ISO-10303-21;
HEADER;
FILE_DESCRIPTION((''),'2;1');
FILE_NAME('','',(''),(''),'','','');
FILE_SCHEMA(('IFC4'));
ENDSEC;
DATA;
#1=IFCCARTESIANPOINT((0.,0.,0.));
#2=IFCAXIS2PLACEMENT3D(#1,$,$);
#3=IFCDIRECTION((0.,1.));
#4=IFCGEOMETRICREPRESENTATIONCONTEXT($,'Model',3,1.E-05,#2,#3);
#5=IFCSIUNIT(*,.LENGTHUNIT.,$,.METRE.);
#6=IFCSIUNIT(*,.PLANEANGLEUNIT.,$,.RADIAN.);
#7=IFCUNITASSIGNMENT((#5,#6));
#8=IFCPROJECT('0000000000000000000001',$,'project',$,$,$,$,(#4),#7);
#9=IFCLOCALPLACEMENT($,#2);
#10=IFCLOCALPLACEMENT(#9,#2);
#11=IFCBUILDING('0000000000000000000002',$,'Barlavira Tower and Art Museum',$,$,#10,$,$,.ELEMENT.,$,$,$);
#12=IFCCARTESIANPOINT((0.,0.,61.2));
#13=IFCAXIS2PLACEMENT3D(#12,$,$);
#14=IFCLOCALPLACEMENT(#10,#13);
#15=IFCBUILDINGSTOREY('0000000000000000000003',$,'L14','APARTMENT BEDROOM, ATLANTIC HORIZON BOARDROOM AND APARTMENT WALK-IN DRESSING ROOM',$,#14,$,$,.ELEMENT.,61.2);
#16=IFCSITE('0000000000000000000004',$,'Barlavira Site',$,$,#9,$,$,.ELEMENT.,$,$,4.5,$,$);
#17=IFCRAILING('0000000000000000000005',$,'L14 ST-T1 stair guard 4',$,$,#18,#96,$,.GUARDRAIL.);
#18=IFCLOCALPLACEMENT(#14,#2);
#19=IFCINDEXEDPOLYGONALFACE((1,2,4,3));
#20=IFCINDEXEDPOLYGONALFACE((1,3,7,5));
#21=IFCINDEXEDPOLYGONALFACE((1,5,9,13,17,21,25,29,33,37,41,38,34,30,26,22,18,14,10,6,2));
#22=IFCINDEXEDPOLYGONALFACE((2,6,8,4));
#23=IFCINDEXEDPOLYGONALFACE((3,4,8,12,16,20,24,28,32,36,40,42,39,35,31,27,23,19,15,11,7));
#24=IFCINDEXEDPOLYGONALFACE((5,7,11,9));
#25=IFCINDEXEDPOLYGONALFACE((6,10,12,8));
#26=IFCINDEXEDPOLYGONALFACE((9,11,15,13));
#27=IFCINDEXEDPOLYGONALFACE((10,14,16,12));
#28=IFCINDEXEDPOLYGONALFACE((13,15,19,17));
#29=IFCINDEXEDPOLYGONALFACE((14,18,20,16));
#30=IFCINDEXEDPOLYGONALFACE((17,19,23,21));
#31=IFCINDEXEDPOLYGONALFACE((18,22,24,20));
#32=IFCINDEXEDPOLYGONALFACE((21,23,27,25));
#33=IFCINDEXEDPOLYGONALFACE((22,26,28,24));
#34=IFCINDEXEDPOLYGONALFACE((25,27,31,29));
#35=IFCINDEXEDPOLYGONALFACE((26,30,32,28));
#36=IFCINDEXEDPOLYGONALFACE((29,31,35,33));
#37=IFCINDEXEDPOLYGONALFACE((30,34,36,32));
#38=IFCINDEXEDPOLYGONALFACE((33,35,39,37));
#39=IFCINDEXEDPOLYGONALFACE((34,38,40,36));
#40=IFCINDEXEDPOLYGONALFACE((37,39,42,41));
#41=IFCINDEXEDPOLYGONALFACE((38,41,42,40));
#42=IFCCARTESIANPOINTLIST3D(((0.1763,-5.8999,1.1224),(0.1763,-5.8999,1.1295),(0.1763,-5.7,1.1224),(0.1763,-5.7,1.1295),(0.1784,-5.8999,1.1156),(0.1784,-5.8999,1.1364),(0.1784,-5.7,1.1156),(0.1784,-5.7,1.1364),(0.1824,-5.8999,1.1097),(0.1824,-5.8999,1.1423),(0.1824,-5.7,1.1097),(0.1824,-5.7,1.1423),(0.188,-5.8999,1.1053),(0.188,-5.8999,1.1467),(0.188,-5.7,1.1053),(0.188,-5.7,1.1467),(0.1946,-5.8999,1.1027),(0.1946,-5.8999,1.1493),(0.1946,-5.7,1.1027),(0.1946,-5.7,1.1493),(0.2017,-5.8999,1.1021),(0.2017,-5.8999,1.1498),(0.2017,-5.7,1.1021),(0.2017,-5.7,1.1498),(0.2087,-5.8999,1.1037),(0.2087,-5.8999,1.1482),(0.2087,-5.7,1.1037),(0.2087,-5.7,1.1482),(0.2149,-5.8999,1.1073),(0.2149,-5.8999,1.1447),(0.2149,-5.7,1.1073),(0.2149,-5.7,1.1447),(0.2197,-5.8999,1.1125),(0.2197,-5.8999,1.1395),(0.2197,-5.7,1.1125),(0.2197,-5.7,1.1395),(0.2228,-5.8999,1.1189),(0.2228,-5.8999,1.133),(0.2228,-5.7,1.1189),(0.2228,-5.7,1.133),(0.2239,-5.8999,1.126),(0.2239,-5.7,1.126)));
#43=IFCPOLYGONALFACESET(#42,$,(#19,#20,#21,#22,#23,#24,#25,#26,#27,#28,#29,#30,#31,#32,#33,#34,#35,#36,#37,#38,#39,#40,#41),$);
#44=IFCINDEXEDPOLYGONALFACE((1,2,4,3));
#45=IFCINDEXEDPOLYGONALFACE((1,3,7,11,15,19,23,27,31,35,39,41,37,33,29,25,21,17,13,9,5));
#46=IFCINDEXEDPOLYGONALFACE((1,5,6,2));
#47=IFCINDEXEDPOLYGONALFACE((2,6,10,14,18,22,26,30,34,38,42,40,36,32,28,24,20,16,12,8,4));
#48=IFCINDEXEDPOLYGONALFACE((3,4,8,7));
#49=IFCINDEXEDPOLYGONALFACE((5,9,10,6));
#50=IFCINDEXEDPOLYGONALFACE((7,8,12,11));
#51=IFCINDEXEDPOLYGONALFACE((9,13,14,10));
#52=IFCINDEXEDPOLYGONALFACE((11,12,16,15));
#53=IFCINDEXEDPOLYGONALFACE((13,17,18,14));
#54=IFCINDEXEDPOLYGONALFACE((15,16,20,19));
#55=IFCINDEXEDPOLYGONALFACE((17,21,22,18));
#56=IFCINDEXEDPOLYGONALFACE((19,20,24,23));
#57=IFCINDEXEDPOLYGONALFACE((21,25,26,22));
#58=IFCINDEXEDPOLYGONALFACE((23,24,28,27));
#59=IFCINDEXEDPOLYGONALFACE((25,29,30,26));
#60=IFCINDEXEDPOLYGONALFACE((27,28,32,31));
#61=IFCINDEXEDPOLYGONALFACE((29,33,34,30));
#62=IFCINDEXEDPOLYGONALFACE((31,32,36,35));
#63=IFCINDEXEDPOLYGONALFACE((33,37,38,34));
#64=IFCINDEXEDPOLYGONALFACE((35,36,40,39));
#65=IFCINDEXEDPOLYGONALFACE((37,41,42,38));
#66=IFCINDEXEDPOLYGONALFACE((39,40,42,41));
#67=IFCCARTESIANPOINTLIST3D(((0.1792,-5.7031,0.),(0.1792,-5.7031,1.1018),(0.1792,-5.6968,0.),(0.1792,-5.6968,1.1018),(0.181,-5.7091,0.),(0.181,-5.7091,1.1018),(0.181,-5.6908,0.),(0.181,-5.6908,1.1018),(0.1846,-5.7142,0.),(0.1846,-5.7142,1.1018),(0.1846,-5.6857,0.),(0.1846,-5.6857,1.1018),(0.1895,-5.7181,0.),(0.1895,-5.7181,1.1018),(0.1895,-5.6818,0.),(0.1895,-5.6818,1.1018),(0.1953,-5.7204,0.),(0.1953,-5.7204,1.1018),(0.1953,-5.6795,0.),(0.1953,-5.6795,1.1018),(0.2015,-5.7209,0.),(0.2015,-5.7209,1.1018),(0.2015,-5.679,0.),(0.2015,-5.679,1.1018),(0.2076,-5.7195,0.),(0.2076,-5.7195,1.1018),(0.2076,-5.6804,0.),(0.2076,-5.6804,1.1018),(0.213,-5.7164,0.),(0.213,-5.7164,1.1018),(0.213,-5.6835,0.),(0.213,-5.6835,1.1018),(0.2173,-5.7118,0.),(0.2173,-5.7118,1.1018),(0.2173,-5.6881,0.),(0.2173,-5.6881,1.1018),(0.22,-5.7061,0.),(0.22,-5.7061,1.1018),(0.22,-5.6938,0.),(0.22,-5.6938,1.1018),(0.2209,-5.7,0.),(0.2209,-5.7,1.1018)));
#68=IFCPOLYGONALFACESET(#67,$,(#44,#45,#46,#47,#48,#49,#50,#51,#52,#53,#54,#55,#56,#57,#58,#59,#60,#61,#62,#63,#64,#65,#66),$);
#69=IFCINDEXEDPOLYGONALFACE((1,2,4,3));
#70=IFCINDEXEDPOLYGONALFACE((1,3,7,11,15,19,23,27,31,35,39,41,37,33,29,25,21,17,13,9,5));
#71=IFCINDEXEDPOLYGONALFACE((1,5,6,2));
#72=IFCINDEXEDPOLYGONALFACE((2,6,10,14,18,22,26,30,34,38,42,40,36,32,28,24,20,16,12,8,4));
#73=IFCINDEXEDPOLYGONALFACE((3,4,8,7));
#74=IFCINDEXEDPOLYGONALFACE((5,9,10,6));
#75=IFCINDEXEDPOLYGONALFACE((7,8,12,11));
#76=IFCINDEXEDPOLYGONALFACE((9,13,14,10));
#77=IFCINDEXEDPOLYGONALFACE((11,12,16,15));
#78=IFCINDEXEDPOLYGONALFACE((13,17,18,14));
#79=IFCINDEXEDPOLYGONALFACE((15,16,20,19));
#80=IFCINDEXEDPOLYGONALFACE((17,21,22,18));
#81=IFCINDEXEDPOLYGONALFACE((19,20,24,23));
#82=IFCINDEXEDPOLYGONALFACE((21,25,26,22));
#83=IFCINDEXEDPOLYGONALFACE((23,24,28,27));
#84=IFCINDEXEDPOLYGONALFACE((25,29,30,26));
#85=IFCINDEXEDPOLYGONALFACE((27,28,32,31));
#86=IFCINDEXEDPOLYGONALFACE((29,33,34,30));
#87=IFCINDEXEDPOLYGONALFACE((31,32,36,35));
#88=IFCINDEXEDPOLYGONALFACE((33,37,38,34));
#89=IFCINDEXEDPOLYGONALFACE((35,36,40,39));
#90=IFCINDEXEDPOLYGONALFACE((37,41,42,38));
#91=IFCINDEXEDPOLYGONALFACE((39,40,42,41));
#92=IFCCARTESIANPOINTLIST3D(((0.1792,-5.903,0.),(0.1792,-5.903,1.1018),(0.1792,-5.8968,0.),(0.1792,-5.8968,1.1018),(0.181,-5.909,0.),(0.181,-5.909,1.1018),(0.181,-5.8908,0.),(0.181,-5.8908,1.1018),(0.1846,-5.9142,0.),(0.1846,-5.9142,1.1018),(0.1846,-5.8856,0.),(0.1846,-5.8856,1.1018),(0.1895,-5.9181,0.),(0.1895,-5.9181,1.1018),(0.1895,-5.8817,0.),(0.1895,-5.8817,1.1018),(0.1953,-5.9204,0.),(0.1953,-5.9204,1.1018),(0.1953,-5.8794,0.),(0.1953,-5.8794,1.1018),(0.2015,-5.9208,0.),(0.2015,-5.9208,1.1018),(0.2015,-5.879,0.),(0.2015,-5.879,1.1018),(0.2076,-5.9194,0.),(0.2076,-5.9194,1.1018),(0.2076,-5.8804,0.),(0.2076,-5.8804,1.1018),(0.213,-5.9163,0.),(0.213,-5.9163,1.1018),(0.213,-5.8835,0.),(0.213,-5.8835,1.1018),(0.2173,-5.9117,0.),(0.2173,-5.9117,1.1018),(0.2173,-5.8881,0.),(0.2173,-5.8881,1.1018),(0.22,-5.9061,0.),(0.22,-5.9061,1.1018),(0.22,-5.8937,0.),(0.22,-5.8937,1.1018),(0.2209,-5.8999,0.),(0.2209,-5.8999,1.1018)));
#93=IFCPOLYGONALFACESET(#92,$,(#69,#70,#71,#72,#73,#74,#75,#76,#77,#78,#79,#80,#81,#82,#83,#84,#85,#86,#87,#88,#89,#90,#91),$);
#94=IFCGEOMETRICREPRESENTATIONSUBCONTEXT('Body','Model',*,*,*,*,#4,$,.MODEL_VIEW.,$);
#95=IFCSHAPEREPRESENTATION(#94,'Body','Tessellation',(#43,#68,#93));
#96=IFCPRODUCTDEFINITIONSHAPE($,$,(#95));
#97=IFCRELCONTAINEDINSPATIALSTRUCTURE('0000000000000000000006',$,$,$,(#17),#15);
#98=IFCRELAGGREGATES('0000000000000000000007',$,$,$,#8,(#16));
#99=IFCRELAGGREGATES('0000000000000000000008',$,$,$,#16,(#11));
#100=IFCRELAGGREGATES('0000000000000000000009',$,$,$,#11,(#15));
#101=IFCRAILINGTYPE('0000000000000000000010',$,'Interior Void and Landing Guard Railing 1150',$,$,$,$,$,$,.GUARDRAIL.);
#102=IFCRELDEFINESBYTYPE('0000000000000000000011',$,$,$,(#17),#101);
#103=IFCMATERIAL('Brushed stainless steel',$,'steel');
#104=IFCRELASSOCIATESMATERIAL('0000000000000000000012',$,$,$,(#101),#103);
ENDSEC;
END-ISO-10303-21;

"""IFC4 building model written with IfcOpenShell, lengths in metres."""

from ifc_helpers import new_model, si_unit, direction, frame, origin, origin_2d, place, context, subcontext, project, spatial, circle, extrude, material, type_object, element, save


model = new_model("IFC4")

# Units and contexts
model_context = context("Model", 3, precision=1e-05, world=origin(), true_north=direction((0.0, 1.0)))
body_context = subcontext(model_context, "Body", "Model", "MODEL_VIEW")
ifc_project = project(units=[si_unit("LENGTHUNIT", "METRE"), si_unit("PLANEANGLEUNIT", "RADIAN")], contexts=[model_context])

# Site, building, storey
site_placement = place(None, origin())
site = spatial("IfcSite", under=ifc_project, at=site_placement, Name="Barlavira Site", CompositionType="ELEMENT", RefElevation=4.5)
building_placement = place(site_placement, origin())
building = spatial("IfcBuilding", under=site, at=building_placement, Name="Barlavira Tower and Art Museum", CompositionType="ELEMENT")
storey_placement = place(building_placement, frame((0.0, 0.0, 61.2)))
storey = spatial("IfcBuildingStorey", under=building, at=storey_placement, Name="L14", Description="APARTMENT BEDROOM, ATLANTIC HORIZON BOARDROOM AND APARTMENT WALK-IN DRESSING ROOM", CompositionType="ELEMENT", Elevation=61.2)

# Shared definitions
ifc_material_1 = material(Name="Brushed stainless steel", Category="steel")

# Railing
railing_type_1 = type_object("IfcRailingType", Name="Interior Void and Landing Guard Railing 1150", PredefinedType="GUARDRAIL", material=ifc_material_1)
railing_1_placement = place(storey_placement, frame((0.2, -5.7, 0.0)))
element("IfcRailing", 1, at=railing_1_placement, inside=storey, type_object=railing_type_1, Name="L14 ST-T1 stair guard 4", PredefinedType="GUARDRAIL", context=body_context, shape_type="SweptSolid", body=[
    extrude(circle(Radius=0.0239, at=origin_2d()), frame((0.0, 0.0, 1.126), z_axis=(0.0, -1.0, 0.0), x_axis=(1.0, 0.0, 0.0)), (0.0, 0.0, 1.0), 0.2),
    extrude(circle(Radius=0.021, at=origin_2d()), origin(), (0.0, 0.0, 1.0), 1.1018),
    extrude(circle(Radius=0.021, at=origin_2d()), frame((0.0, -0.2, 0.0)), (0.0, 0.0, 1.0), 1.1018),
])

save(model, "model.ifc")
